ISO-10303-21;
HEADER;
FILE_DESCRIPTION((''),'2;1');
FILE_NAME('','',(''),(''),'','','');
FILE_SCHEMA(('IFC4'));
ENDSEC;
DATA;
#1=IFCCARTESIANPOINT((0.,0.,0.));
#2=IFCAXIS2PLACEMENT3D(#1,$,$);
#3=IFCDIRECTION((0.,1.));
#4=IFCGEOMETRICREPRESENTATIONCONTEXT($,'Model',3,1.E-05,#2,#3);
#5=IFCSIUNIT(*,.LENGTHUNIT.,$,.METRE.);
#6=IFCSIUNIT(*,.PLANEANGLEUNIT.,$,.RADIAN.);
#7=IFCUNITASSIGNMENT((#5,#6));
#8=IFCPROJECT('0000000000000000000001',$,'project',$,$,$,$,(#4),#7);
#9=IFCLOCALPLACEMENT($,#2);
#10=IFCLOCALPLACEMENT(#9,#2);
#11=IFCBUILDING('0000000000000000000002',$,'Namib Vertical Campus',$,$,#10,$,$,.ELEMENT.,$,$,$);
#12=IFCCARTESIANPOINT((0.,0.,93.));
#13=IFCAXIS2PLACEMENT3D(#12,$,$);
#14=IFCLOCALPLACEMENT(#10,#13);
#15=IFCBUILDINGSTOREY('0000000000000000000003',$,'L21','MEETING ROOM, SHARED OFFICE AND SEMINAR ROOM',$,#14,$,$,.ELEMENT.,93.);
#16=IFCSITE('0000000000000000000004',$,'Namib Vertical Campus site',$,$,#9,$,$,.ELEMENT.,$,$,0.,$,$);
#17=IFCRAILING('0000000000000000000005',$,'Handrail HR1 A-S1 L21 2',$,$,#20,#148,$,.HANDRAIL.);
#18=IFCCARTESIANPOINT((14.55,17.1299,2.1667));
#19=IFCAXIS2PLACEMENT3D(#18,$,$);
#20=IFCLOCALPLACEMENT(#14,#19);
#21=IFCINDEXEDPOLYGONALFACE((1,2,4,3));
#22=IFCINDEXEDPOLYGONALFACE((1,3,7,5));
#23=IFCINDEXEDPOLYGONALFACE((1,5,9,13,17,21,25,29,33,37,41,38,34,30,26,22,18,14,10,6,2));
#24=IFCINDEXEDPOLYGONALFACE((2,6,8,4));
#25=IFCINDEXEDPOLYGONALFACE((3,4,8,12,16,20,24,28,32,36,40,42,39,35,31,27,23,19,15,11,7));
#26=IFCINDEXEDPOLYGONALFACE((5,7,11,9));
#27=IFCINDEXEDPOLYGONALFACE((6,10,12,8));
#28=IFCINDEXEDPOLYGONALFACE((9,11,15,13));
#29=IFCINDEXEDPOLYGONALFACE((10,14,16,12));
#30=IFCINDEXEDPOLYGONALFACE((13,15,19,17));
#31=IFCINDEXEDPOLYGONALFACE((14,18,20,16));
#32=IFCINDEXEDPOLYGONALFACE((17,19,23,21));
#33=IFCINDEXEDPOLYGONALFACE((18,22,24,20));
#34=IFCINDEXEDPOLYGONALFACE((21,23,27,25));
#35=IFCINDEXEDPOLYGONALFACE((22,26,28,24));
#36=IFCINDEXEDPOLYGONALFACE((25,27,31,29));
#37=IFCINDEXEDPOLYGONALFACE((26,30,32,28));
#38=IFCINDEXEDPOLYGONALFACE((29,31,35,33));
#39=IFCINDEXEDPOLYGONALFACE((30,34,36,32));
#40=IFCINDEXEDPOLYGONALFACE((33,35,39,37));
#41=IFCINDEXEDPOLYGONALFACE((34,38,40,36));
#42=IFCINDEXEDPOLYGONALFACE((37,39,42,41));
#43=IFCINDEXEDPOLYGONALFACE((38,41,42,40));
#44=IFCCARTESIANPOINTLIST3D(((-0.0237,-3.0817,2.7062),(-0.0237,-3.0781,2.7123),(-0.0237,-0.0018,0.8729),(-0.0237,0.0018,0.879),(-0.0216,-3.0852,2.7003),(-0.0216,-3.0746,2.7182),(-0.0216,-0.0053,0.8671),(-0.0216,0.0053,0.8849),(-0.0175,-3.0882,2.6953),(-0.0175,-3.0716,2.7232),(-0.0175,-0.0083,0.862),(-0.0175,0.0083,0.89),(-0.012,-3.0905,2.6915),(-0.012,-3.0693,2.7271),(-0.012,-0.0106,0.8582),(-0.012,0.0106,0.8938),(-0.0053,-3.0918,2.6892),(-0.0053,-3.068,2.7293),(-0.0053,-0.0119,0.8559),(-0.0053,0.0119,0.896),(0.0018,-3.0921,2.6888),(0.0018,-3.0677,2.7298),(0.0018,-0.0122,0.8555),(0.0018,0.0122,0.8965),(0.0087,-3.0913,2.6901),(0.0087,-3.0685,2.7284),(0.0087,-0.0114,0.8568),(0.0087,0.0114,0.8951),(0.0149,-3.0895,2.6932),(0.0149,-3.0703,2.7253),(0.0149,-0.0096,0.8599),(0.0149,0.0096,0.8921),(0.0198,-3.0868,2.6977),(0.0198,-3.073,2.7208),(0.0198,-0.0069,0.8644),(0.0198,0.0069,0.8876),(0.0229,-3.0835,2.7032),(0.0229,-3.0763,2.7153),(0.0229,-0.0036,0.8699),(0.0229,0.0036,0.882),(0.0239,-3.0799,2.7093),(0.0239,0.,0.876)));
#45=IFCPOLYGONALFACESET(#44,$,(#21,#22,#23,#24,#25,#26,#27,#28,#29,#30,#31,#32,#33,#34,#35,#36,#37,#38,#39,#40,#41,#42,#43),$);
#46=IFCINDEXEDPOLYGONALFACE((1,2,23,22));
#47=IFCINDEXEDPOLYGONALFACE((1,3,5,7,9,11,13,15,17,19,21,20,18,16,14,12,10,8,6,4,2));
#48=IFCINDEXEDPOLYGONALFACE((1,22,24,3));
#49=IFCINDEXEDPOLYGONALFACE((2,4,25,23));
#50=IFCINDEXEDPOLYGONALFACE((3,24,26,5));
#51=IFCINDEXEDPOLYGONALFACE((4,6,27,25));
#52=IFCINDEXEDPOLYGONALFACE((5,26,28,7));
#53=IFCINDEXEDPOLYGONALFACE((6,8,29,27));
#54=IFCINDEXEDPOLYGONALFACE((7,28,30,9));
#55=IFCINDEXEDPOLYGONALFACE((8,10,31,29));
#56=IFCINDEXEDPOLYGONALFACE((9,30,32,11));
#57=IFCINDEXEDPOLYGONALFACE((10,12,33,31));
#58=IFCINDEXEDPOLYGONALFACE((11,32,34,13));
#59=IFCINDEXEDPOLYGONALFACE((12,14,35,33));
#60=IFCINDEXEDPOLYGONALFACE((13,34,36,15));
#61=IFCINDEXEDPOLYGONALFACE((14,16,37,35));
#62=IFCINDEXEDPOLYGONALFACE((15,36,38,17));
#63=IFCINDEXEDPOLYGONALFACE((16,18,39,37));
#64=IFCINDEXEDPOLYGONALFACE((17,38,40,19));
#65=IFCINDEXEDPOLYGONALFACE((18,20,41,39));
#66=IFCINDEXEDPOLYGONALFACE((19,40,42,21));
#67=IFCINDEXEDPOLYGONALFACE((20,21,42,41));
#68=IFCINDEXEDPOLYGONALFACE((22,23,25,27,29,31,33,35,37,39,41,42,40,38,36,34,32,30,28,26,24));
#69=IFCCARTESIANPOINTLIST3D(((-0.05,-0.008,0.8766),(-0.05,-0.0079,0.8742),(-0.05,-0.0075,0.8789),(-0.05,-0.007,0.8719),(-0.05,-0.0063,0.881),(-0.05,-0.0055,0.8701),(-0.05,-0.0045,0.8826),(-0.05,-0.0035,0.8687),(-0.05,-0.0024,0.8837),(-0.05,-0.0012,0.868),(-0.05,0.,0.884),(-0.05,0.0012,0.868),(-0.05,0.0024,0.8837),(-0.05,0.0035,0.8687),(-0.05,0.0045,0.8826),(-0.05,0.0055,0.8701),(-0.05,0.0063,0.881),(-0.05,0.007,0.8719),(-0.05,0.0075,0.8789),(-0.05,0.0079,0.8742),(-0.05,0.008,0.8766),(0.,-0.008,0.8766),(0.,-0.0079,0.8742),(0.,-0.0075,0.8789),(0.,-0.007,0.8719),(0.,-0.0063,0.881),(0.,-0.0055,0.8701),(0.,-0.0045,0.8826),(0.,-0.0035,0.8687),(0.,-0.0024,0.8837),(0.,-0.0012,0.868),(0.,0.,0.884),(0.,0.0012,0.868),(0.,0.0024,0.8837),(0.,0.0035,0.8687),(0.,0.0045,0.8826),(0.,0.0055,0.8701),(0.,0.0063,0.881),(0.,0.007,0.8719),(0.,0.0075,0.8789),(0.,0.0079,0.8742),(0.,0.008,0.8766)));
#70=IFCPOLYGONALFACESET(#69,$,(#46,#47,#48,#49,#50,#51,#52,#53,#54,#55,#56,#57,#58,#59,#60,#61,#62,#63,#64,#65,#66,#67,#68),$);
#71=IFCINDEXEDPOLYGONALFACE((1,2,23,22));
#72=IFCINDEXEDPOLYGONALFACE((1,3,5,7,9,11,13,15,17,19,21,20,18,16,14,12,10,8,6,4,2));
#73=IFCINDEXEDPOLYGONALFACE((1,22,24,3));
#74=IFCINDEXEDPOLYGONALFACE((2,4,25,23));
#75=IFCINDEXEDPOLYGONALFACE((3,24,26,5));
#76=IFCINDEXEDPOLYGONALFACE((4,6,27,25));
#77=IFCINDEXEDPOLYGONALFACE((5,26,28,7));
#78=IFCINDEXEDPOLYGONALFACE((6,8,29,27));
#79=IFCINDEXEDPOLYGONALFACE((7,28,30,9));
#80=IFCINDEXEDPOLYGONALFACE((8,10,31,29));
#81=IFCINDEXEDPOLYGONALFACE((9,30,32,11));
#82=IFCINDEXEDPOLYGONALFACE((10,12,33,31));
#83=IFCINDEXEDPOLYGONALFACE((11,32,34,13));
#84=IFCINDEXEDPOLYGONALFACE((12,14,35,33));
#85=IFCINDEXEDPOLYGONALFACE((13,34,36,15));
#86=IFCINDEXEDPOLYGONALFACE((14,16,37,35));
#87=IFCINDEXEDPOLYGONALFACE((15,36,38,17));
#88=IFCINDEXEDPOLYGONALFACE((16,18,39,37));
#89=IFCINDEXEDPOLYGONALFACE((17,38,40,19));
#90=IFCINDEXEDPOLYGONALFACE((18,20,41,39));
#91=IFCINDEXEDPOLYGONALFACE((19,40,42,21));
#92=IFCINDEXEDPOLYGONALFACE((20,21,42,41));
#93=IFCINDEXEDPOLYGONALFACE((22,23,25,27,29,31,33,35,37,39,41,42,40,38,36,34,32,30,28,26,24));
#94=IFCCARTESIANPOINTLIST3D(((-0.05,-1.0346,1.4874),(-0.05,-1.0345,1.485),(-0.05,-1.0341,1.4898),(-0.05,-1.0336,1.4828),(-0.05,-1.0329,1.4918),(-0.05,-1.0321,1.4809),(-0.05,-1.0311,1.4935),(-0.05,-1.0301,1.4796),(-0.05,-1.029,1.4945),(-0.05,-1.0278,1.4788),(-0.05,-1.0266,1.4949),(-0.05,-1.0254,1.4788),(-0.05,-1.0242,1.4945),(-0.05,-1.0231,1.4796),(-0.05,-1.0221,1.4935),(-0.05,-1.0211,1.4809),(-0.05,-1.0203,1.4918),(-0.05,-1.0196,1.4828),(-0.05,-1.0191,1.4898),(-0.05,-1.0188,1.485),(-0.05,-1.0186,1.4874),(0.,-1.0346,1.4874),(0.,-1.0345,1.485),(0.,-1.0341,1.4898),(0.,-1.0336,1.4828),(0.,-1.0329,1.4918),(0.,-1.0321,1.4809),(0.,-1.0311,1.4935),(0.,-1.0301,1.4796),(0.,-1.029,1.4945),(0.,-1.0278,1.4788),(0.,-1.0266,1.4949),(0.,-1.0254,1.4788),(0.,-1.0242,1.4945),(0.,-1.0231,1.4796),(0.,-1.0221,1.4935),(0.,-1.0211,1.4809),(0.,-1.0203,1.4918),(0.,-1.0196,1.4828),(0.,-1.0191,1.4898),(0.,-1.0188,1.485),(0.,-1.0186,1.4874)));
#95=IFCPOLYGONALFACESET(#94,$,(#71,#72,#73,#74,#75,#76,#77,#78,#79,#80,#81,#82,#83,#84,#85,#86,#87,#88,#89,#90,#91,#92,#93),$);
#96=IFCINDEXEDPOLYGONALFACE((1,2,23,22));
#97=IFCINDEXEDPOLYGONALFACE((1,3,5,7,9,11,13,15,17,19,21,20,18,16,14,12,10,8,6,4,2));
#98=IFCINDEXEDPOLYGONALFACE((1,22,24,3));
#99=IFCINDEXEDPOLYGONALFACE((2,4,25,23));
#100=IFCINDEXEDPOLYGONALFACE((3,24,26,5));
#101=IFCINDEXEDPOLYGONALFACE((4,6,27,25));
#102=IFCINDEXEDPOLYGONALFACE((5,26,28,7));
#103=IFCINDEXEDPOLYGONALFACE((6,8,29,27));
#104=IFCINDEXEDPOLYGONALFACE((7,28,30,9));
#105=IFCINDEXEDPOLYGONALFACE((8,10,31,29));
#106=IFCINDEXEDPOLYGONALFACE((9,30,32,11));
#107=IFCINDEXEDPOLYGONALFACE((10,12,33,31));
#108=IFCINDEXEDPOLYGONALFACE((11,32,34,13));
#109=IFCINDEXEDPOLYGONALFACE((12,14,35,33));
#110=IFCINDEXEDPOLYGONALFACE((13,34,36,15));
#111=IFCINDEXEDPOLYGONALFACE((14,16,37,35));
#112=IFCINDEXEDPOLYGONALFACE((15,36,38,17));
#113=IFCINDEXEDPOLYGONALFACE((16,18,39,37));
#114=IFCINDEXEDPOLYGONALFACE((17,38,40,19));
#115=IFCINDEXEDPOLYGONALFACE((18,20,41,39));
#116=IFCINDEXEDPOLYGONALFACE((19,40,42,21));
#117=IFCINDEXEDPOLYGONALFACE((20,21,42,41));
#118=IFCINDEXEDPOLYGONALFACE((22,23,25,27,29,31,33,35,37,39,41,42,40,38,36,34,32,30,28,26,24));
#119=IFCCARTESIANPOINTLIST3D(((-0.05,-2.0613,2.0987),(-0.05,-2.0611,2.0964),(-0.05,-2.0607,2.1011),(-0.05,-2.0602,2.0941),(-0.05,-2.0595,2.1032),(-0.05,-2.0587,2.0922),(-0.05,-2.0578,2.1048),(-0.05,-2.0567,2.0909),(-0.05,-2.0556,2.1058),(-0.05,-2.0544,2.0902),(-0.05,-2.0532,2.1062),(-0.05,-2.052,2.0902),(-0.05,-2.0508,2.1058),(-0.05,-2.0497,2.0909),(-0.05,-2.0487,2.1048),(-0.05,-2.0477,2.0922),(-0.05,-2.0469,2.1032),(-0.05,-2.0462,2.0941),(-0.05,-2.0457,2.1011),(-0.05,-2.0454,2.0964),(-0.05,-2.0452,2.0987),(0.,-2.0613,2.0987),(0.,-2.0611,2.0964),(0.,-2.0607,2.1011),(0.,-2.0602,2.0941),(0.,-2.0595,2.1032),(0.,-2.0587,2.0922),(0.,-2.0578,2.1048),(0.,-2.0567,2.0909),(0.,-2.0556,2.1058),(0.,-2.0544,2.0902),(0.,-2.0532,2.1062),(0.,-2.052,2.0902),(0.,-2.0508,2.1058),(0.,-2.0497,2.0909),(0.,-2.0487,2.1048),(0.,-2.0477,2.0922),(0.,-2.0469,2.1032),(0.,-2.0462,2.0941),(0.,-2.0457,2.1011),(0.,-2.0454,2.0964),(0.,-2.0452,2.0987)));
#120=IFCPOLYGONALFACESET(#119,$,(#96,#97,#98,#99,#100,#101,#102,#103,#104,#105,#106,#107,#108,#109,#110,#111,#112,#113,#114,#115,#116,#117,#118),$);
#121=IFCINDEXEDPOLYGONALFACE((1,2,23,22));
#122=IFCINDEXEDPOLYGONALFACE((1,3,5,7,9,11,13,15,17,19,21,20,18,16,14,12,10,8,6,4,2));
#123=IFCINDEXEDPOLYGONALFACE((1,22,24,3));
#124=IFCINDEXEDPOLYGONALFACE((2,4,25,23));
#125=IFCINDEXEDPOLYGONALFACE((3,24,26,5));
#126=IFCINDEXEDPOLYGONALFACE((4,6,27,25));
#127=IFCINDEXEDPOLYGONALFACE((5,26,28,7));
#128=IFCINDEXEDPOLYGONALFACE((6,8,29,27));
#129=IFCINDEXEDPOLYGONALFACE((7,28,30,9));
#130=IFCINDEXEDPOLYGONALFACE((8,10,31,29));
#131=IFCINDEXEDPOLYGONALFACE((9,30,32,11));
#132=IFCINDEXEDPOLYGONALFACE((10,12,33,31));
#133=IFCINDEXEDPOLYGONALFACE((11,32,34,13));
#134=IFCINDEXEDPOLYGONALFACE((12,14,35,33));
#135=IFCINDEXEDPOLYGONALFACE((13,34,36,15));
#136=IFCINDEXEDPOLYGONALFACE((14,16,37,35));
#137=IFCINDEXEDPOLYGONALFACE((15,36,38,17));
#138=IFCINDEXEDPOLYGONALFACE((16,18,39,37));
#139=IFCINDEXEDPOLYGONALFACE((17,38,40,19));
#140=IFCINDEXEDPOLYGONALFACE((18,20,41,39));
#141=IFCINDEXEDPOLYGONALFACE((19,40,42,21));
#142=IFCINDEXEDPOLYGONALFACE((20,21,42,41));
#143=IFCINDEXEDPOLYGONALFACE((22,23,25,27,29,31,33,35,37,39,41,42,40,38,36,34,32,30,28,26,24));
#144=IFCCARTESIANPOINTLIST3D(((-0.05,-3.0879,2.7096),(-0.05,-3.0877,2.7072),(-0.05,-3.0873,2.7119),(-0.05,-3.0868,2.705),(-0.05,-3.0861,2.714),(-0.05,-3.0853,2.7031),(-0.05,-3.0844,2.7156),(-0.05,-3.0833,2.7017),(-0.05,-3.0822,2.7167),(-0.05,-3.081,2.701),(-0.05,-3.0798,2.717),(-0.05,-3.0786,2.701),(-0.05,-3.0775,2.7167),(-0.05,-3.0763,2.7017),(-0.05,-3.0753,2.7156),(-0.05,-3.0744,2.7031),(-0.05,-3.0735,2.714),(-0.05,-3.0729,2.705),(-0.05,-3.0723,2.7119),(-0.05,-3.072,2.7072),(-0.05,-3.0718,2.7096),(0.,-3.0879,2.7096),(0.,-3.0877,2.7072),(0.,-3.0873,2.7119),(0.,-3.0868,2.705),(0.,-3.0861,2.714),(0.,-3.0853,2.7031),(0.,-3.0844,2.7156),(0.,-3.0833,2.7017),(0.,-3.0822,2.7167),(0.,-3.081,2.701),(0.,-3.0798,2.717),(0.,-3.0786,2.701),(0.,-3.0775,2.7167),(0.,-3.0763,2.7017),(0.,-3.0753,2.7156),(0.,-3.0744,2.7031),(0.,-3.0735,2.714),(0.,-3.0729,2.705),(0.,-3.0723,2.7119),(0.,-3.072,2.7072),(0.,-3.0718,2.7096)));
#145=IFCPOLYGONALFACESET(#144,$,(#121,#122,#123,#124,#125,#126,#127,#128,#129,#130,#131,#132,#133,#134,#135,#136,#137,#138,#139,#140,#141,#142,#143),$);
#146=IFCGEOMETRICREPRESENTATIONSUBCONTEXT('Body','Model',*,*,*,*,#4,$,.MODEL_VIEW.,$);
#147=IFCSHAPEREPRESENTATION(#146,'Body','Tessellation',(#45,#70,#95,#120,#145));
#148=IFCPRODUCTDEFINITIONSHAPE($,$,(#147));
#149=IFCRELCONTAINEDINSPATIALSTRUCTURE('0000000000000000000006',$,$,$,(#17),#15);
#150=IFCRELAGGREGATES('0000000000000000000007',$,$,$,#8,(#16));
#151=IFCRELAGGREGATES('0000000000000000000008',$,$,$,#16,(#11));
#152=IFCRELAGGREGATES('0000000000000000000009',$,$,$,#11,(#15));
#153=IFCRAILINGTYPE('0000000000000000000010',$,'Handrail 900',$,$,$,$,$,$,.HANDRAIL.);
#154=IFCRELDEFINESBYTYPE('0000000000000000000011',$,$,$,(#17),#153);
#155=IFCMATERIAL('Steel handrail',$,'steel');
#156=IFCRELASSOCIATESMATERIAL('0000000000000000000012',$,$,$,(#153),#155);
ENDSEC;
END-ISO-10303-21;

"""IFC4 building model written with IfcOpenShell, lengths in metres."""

from ifc_helpers import new_model, si_unit, direction, frame, origin, origin_2d, place, context, subcontext, project, spatial, circle, extrude, material, type_object, element, save


model = new_model("IFC4")

# Units and contexts
model_context = context("Model", 3, precision=1e-05, world=origin(), true_north=direction((0.0, 1.0)))
body_context = subcontext(model_context, "Body", "Model", "MODEL_VIEW")
ifc_project = project(units=[si_unit("LENGTHUNIT", "METRE"), si_unit("PLANEANGLEUNIT", "RADIAN")], contexts=[model_context])

# Site, building, storey
site_placement = place(None, origin())
site = spatial("IfcSite", under=ifc_project, at=site_placement, Name="Namib Vertical Campus site", CompositionType="ELEMENT", RefElevation=0.0)
building_placement = place(site_placement, origin())
building = spatial("IfcBuilding", under=site, at=building_placement, Name="Namib Vertical Campus", CompositionType="ELEMENT")
storey_placement = place(building_placement, frame((0.0, 0.0, 93.0)))
storey = spatial("IfcBuildingStorey", under=building, at=storey_placement, Name="L21", Description="MEETING ROOM, SHARED OFFICE AND SEMINAR ROOM", CompositionType="ELEMENT", Elevation=93.0)

# Railing
ifc_material_1 = material(Name="Steel handrail", Category="steel")
railing_type_1 = type_object("IfcRailingType", Name="Handrail 900", PredefinedType="HANDRAIL", material=ifc_material_1)
railing_1_placement = place(storey_placement, frame((14.55, 17.1299, 2.1667)))
element("IfcRailing", 1, at=railing_1_placement, inside=storey, type_object=railing_type_1, Name="Handrail HR1 A-S1 L21 2", PredefinedType="HANDRAIL", context=body_context, shape_type="SweptSolid", body=[
    extrude(circle(Radius=0.0239, at=origin_2d()), frame((0.0, 0.0, 0.876), z_axis=(0.0, -0.859291, 0.511487), x_axis=(1.0, 0.0, 0.0)), (0.0, 0.0, 1.0), 3.5842),
    extrude(circle(Radius=0.0081, at=origin_2d()), frame((0.0, 0.0, 0.876), z_axis=(-1.0, 0.0, 0.0), x_axis=(0.0, 0.0, 1.0)), (0.0, 0.0, 1.0), 0.05),
    extrude(circle(Radius=0.0081, at=origin_2d()), frame((0.0, -1.0266, 1.4868), z_axis=(-1.0, 0.0, 0.0), x_axis=(0.0, 0.0, 1.0)), (0.0, 0.0, 1.0), 0.05),
    extrude(circle(Radius=0.0081, at=origin_2d()), frame((0.0, -2.0532, 2.0981), z_axis=(-1.0, 0.0, 0.0), x_axis=(0.0, 0.0, 1.0)), (0.0, 0.0, 1.0), 0.05),
    extrude(circle(Radius=0.0081, at=origin_2d()), frame((0.0, -3.0798, 2.709), z_axis=(-1.0, 0.0, 0.0), x_axis=(0.0, 0.0, 1.0)), (0.0, 0.0, 1.0), 0.05),
])

save(model, "model.ifc")
